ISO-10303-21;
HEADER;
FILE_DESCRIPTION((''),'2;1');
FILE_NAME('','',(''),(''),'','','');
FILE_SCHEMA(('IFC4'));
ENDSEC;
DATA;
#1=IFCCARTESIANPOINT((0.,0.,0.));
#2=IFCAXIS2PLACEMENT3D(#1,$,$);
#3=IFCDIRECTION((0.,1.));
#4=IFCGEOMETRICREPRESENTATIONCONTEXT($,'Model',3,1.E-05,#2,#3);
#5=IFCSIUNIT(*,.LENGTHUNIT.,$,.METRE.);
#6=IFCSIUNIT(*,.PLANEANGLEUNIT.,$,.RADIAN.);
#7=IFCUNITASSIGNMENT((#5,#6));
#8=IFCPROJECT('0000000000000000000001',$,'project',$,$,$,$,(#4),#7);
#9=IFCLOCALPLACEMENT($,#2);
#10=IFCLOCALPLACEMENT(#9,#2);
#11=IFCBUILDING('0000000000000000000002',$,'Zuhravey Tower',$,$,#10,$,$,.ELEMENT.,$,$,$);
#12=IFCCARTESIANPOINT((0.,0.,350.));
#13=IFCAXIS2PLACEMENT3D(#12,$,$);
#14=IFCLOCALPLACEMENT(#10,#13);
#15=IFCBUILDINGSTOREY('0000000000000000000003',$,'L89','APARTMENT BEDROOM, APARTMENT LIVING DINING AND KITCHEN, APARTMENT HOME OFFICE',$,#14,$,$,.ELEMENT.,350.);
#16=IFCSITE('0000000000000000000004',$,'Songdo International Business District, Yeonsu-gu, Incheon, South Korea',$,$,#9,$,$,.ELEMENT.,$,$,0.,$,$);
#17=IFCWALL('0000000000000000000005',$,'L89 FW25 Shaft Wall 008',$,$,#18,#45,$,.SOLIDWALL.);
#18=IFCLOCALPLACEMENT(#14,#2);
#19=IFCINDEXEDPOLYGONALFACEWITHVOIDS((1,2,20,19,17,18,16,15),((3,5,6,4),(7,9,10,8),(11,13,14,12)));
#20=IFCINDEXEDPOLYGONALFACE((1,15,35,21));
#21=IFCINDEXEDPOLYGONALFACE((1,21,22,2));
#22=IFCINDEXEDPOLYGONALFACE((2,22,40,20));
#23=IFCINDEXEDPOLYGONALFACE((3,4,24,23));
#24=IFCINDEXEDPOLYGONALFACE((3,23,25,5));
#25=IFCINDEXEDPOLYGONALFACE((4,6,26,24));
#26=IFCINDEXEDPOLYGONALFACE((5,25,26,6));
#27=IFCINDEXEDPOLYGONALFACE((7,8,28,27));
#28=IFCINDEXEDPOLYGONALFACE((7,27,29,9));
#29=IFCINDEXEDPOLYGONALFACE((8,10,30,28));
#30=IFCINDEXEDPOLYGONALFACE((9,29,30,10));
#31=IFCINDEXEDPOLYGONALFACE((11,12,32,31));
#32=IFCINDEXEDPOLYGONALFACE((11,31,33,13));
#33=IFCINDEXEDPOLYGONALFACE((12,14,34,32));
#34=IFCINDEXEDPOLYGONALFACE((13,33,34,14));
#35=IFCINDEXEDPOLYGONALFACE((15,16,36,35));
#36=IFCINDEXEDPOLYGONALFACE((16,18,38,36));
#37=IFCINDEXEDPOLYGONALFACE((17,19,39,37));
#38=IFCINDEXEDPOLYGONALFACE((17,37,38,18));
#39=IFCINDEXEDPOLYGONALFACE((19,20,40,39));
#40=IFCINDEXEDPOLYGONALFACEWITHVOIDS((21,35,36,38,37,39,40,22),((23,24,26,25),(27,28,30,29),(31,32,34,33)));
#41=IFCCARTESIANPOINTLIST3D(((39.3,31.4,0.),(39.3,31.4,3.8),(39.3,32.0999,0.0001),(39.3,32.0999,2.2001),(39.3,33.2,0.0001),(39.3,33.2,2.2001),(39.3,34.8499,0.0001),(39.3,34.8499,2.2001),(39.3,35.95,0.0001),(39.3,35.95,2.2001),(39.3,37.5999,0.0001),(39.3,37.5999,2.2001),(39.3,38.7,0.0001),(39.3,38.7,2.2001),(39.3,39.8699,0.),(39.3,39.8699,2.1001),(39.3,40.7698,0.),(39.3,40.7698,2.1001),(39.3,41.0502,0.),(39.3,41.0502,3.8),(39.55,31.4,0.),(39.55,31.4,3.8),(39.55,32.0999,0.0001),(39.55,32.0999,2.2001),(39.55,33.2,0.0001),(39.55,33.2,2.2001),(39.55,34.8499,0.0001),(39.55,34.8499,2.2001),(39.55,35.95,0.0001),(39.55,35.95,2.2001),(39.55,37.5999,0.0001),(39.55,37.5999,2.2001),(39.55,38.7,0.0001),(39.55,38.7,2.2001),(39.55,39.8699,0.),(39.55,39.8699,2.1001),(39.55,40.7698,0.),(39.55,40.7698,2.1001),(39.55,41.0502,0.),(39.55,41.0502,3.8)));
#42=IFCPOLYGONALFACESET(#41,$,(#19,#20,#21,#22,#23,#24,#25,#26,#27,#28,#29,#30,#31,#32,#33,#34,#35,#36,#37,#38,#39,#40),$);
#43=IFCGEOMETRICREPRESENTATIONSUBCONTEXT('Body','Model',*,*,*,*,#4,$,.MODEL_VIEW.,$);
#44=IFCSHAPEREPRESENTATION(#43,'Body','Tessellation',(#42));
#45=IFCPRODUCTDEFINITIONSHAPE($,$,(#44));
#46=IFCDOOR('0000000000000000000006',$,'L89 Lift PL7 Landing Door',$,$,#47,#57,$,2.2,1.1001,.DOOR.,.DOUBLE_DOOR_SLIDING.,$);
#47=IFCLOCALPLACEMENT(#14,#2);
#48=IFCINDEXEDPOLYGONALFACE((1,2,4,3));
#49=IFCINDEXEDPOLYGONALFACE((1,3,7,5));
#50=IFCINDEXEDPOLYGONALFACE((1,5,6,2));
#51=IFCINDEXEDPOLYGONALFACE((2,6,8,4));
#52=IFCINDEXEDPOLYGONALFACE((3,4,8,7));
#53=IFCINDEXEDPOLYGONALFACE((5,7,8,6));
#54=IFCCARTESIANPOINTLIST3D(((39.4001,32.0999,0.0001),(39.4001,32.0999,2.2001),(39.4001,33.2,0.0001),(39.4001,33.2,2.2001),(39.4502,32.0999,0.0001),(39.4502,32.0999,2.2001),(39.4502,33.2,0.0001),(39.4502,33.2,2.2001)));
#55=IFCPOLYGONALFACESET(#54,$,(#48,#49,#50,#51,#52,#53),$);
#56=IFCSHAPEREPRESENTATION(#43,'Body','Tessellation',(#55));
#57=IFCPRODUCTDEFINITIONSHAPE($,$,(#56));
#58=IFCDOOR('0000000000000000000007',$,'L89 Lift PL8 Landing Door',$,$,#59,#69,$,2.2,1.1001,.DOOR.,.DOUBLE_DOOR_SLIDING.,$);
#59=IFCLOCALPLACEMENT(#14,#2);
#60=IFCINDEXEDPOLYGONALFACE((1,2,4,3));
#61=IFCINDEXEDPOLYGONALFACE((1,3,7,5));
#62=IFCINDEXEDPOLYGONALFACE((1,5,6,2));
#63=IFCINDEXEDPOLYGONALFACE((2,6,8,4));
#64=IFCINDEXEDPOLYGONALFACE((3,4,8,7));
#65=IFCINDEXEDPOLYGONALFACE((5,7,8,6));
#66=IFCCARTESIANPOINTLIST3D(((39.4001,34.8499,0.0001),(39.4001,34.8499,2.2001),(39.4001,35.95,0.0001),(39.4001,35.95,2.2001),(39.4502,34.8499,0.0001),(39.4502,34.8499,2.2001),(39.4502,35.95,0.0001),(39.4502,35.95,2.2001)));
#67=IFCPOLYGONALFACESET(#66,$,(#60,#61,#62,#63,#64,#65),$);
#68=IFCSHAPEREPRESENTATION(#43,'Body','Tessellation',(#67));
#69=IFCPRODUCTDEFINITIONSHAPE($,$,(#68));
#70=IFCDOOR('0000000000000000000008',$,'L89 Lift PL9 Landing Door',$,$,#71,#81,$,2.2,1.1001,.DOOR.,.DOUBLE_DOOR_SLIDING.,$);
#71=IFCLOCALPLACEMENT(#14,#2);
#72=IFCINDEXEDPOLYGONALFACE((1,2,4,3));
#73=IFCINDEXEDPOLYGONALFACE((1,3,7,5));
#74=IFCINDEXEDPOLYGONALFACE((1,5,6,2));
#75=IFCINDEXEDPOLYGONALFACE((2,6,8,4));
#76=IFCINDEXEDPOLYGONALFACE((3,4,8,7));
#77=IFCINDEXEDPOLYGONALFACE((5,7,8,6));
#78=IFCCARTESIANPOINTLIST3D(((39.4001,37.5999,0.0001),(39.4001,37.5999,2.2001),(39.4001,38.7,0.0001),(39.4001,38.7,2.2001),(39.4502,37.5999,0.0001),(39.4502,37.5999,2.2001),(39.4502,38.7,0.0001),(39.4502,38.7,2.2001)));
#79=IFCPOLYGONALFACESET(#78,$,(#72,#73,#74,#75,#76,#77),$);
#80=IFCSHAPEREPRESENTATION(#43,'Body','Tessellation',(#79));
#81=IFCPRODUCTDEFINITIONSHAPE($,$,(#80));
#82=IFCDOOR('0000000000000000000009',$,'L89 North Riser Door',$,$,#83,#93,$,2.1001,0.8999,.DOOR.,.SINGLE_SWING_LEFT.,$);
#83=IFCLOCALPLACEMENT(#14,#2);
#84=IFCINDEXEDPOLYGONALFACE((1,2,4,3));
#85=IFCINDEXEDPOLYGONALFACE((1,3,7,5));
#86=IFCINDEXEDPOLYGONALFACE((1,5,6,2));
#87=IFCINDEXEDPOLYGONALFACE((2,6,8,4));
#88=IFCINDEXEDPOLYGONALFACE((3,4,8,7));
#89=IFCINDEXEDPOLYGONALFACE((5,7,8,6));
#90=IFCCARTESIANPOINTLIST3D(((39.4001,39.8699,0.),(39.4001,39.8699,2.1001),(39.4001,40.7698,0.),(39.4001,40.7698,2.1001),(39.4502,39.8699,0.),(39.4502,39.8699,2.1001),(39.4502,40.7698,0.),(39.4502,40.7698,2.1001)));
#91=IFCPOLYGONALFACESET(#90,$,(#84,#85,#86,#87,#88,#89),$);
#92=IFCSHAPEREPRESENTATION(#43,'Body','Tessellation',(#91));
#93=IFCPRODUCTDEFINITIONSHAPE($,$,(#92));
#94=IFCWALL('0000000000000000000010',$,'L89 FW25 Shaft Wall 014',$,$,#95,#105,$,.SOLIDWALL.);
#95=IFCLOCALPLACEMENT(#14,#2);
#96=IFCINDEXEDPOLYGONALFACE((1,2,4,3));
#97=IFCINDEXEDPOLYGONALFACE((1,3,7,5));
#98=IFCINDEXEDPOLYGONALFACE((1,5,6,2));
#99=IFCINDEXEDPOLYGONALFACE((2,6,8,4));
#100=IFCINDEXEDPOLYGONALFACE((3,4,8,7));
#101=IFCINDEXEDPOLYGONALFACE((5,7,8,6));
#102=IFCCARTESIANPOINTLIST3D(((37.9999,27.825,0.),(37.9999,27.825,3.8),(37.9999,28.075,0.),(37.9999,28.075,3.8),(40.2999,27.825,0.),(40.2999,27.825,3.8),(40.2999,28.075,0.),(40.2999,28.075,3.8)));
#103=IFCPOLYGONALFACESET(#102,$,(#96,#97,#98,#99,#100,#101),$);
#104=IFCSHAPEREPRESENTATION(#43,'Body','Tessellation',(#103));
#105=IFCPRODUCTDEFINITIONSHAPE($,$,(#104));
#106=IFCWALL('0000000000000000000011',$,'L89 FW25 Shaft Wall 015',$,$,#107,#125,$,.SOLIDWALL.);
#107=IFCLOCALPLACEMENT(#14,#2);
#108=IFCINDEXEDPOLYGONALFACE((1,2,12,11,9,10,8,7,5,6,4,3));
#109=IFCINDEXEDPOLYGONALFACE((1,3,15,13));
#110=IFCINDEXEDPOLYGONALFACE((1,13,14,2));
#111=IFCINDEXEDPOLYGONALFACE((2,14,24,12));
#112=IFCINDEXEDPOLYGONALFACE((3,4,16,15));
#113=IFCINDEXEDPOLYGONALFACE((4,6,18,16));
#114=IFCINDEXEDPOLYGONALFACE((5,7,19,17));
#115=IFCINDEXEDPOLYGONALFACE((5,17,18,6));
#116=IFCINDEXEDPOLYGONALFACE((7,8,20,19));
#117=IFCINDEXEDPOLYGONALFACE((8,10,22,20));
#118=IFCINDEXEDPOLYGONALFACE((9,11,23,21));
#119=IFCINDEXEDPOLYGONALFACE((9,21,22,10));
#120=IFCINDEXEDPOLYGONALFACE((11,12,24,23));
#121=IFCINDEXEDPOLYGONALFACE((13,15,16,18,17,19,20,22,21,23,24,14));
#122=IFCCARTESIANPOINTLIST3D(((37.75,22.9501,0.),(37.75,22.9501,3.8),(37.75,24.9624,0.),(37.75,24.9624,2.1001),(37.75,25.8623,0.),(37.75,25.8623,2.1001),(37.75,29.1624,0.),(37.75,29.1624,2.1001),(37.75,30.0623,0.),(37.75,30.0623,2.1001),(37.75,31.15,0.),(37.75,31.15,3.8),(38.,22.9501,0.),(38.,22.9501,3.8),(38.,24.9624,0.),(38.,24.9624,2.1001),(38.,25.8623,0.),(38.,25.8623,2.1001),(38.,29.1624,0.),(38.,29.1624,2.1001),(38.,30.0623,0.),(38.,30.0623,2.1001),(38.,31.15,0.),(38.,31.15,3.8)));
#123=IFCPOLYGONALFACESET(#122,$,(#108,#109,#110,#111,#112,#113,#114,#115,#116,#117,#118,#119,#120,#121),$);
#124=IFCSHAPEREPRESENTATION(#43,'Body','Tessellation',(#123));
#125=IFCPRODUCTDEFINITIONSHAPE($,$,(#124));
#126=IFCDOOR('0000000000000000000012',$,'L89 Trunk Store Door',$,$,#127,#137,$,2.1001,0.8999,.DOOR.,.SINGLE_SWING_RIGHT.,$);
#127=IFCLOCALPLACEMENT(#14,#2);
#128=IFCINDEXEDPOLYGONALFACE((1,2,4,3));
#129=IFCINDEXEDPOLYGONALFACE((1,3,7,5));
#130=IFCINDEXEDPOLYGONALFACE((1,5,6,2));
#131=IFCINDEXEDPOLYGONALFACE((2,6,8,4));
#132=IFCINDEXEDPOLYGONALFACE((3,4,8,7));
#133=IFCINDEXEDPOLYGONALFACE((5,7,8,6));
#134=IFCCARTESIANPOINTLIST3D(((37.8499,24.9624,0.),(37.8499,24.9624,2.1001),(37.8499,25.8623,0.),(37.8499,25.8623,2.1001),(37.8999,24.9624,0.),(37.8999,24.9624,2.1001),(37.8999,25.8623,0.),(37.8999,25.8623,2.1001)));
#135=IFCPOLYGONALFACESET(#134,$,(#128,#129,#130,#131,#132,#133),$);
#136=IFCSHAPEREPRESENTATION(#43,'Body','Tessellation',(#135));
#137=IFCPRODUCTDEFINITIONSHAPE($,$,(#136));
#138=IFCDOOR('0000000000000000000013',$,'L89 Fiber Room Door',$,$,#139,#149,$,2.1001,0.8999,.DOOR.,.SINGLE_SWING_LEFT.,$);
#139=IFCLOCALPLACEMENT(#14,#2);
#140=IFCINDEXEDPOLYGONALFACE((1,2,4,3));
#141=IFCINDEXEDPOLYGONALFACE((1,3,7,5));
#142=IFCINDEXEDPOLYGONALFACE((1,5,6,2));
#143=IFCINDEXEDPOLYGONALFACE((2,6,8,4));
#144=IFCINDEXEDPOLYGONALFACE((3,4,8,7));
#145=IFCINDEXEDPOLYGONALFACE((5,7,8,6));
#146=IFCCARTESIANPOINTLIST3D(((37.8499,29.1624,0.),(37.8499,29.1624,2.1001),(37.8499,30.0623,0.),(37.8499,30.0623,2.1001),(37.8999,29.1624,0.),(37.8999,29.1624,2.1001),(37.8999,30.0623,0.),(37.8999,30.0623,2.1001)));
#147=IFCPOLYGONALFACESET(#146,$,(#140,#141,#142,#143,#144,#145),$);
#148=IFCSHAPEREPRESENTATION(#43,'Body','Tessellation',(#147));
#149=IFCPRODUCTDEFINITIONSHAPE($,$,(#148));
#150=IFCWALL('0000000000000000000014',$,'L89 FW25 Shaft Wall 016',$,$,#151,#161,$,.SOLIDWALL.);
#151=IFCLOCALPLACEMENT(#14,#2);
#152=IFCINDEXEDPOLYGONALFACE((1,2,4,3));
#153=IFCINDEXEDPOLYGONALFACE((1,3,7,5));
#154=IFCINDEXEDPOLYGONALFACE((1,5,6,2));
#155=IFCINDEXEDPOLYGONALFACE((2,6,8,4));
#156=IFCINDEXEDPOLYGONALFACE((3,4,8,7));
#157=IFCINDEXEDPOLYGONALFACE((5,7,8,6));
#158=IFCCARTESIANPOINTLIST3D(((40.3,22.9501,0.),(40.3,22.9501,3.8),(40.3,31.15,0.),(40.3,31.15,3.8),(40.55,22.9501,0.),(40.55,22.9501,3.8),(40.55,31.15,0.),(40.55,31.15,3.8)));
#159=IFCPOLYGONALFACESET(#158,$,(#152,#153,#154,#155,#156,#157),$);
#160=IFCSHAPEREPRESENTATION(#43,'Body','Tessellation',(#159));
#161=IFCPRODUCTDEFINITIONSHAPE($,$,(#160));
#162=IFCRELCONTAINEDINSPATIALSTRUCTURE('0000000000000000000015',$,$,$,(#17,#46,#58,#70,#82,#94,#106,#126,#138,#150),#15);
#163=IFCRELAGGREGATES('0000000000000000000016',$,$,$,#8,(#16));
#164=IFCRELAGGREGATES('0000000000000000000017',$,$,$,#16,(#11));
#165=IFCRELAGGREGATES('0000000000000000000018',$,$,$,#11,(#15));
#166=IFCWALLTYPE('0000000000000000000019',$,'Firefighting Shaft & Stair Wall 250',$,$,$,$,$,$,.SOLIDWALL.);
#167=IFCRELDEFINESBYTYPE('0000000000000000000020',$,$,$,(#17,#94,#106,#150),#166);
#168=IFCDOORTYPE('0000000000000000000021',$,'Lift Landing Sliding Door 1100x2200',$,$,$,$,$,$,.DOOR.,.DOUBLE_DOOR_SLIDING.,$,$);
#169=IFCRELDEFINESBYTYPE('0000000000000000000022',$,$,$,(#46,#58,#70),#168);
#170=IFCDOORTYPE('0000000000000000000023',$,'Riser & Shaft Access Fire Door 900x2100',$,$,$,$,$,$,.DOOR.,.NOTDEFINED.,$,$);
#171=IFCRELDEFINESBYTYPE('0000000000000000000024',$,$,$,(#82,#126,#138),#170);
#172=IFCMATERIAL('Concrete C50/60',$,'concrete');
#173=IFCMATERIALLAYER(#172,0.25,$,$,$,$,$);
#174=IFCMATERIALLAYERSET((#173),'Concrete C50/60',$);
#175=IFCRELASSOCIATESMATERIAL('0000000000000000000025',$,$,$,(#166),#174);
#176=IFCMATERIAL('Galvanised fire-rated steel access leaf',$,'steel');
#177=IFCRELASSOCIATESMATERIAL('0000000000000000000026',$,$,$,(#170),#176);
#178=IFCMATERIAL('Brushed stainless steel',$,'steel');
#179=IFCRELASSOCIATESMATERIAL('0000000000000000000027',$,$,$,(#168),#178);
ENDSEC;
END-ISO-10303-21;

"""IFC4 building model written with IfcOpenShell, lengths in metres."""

from ifc_helpers import new_model, si_unit, direction, frame, frame_2d, origin, place, context, subcontext, project, spatial, rectangle, extrude, material, layer, layer_set, type_object, element, fill, save


model = new_model("IFC4")

# Units and contexts
model_context = context("Model", 3, precision=1e-05, world=origin(), true_north=direction((0.0, 1.0)))
body_context = subcontext(model_context, "Body", "Model", "MODEL_VIEW")
ifc_project = project(units=[si_unit("LENGTHUNIT", "METRE"), si_unit("PLANEANGLEUNIT", "RADIAN")], contexts=[model_context])

# Site, building, storey
site_placement = place(None, origin())
site = spatial("IfcSite", under=ifc_project, at=site_placement, Name="Songdo International Business District, Yeonsu-gu, Incheon, South Korea", CompositionType="ELEMENT", RefElevation=0.0)
building_placement = place(site_placement, origin())
building = spatial("IfcBuilding", under=site, at=building_placement, Name="Zuhravey Tower", CompositionType="ELEMENT")
storey_placement = place(building_placement, frame((0.0, 0.0, 350.0)))
storey = spatial("IfcBuildingStorey", under=building, at=storey_placement, Name="L89", Description="APARTMENT BEDROOM, APARTMENT LIVING DINING AND KITCHEN, APARTMENT HOME OFFICE", CompositionType="ELEMENT", Elevation=350.0)

# Shared definitions
ifc_material_1 = material(Name="Concrete C50/60", Category="concrete")

# Wall, openings, doors
ifc_layer_1 = layer(ifc_material_1, 0.25)
ifc_layer_set_1 = layer_set([ifc_layer_1], Name="Concrete C50/60")
wall_type_1 = type_object("IfcWallType", Name="Firefighting Shaft & Stair Wall 250", PredefinedType="SOLIDWALL", material=ifc_layer_set_1)
ifc_material_2 = material(Name="Galvanised fire-rated steel access leaf", Category="steel")
door_type_1 = type_object("IfcDoorType", Name="Riser & Shaft Access Fire Door 900x2100", OperationType="NOTDEFINED", PredefinedType="DOOR", material=ifc_material_2)
wall_1_placement = place(storey_placement, frame((39.425, 31.3999, 0.0), z_axis=(0.0, 0.0, 1.0), x_axis=(0.0, 1.0, 0.0)))
wall_1 = element("IfcWall", 1, at=wall_1_placement, inside=storey, type_object=wall_type_1, Name="L89 FW25 Shaft Wall 008", PredefinedType="SOLIDWALL", context=body_context, shape_type="SweptSolid", body=[
    extrude(rectangle(XDim=9.6501, YDim=0.25, at=frame_2d((4.8252, 0.0))), origin(), (0.0, 0.0, 1.0), 3.8),
])
opening_1_placement = place(wall_1_placement, frame((0.7, 0.0, 0.0)))
opening_1 = element("IfcOpeningElement", 2, at=opening_1_placement, cuts=wall_1, PredefinedType="OPENING", context=body_context, shape_type="SweptSolid", body=[
    extrude(rectangle(XDim=1.1001, YDim=2.2, at=frame_2d((0.55, 1.1001))), frame((0.0, 0.137, 0.0), z_axis=(0.0, -1.0, 0.0), x_axis=(1.0, 0.0, 0.0)), (0.0, 0.0, 1.0), 0.2739),
])
opening_2_placement = place(wall_1_placement, frame((3.45, 0.0, 0.0)))
opening_2 = element("IfcOpeningElement", 3, at=opening_2_placement, cuts=wall_1, PredefinedType="OPENING", context=body_context, shape_type="SweptSolid", body=[
    extrude(rectangle(XDim=1.1001, YDim=2.2, at=frame_2d((0.55, 1.1001))), frame((0.0, 0.137, 0.0), z_axis=(0.0, -1.0, 0.0), x_axis=(1.0, 0.0, 0.0)), (0.0, 0.0, 1.0), 0.2739),
])
opening_3_placement = place(wall_1_placement, frame((6.2, 0.0, 0.0)))
opening_3 = element("IfcOpeningElement", 4, at=opening_3_placement, cuts=wall_1, PredefinedType="OPENING", context=body_context, shape_type="SweptSolid", body=[
    extrude(rectangle(XDim=1.1001, YDim=2.2, at=frame_2d((0.55, 1.1001))), frame((0.0, 0.137, 0.0), z_axis=(0.0, -1.0, 0.0), x_axis=(1.0, 0.0, 0.0)), (0.0, 0.0, 1.0), 0.2739),
])
opening_4_placement = place(wall_1_placement, frame((8.47, 0.0, 0.0)))
opening_4 = element("IfcOpeningElement", 5, at=opening_4_placement, cuts=wall_1, PredefinedType="OPENING", context=body_context, shape_type="SweptSolid", body=[
    extrude(rectangle(XDim=0.8999, YDim=2.1001, at=frame_2d((0.45, 1.05))), frame((0.0, 0.137, 0.0), z_axis=(0.0, -1.0, 0.0), x_axis=(1.0, 0.0, 0.0)), (0.0, 0.0, 1.0), 0.2739),
])
ifc_material_3 = material(Name="Brushed stainless steel", Category="steel")
door_type_2 = type_object("IfcDoorType", Name="Lift Landing Sliding Door 1100x2200", OperationType="DOUBLE_DOOR_SLIDING", PredefinedType="DOOR", material=ifc_material_3)
door_1_placement = place(opening_1_placement, origin())
door_1 = element("IfcDoor", 6, at=door_1_placement, inside=storey, type_object=door_type_2, Name="L89 Lift PL7 Landing Door", OperationType="DOUBLE_DOOR_SLIDING", OverallHeight=2.2, OverallWidth=1.1001, PredefinedType="DOOR", context=body_context, shape_type="SweptSolid", body=[
    extrude(rectangle(XDim=1.1001, YDim=2.2, at=frame_2d((0.55, 1.1001))), frame((0.0, 0.0249, 0.0), z_axis=(0.0, -1.0, 0.0), x_axis=(1.0, 0.0, 0.0)), (0.0, 0.0, 1.0), 0.05),
])
fill(opening_1, door_1)
door_2_placement = place(opening_2_placement, origin())
door_2 = element("IfcDoor", 7, at=door_2_placement, inside=storey, type_object=door_type_2, Name="L89 Lift PL8 Landing Door", OperationType="DOUBLE_DOOR_SLIDING", OverallHeight=2.2, OverallWidth=1.1001, PredefinedType="DOOR", context=body_context, shape_type="SweptSolid", body=[
    extrude(rectangle(XDim=1.1001, YDim=2.2, at=frame_2d((0.55, 1.1001))), frame((0.0, 0.0249, 0.0), z_axis=(0.0, -1.0, 0.0), x_axis=(1.0, 0.0, 0.0)), (0.0, 0.0, 1.0), 0.05),
])
fill(opening_2, door_2)
door_3_placement = place(opening_3_placement, origin())
door_3 = element("IfcDoor", 8, at=door_3_placement, inside=storey, type_object=door_type_2, Name="L89 Lift PL9 Landing Door", OperationType="DOUBLE_DOOR_SLIDING", OverallHeight=2.2, OverallWidth=1.1001, PredefinedType="DOOR", context=body_context, shape_type="SweptSolid", body=[
    extrude(rectangle(XDim=1.1001, YDim=2.2, at=frame_2d((0.55, 1.1001))), frame((0.0, 0.0249, 0.0), z_axis=(0.0, -1.0, 0.0), x_axis=(1.0, 0.0, 0.0)), (0.0, 0.0, 1.0), 0.05),
])
fill(opening_3, door_3)
door_4_placement = place(opening_4_placement, origin())
door_4 = element("IfcDoor", 9, at=door_4_placement, inside=storey, type_object=door_type_1, Name="L89 North Riser Door", OperationType="SINGLE_SWING_LEFT", OverallHeight=2.1001, OverallWidth=0.8999, PredefinedType="DOOR", context=body_context, shape_type="SweptSolid", body=[
    extrude(rectangle(XDim=0.8999, YDim=2.1001, at=frame_2d((0.45, 1.05))), frame((0.0, 0.0249, 0.0), z_axis=(0.0, -1.0, 0.0), x_axis=(1.0, 0.0, 0.0)), (0.0, 0.0, 1.0), 0.05),
])
fill(opening_4, door_4)

# Wall
wall_2_placement = place(storey_placement, frame((38.0, 27.95, 0.0), z_axis=(0.0, 0.0, 1.0), x_axis=(1.0, 0.0, 0.0)))
element("IfcWall", 10, at=wall_2_placement, inside=storey, type_object=wall_type_1, Name="L89 FW25 Shaft Wall 014", PredefinedType="SOLIDWALL", context=body_context, shape_type="SweptSolid", body=[
    extrude(rectangle(XDim=2.3, YDim=0.25, at=frame_2d((1.1499, 0.0))), origin(), (0.0, 0.0, 1.0), 3.8),
])

# Wall, openings, doors
wall_3_placement = place(storey_placement, frame((37.875, 22.95, 0.0), z_axis=(0.0, 0.0, 1.0), x_axis=(0.0, 1.0, 0.0)))
wall_3 = element("IfcWall", 11, at=wall_3_placement, inside=storey, type_object=wall_type_1, Name="L89 FW25 Shaft Wall 015", PredefinedType="SOLIDWALL", context=body_context, shape_type="SweptSolid", body=[
    extrude(rectangle(XDim=8.2, YDim=0.25, at=frame_2d((4.1001, 0.0))), origin(), (0.0, 0.0, 1.0), 3.8),
])
opening_5_placement = place(wall_3_placement, frame((2.0125, 0.0, 0.0)))
opening_5 = element("IfcOpeningElement", 12, at=opening_5_placement, cuts=wall_3, PredefinedType="OPENING", context=body_context, shape_type="SweptSolid", body=[
    extrude(rectangle(XDim=0.8999, YDim=2.1001, at=frame_2d((0.45, 1.05))), frame((0.0, 0.137, 0.0), z_axis=(0.0, -1.0, 0.0), x_axis=(1.0, 0.0, 0.0)), (0.0, 0.0, 1.0), 0.2739),
])
opening_6_placement = place(wall_3_placement, frame((6.2124, 0.0, 0.0)))
opening_6 = element("IfcOpeningElement", 13, at=opening_6_placement, cuts=wall_3, PredefinedType="OPENING", context=body_context, shape_type="SweptSolid", body=[
    extrude(rectangle(XDim=0.8999, YDim=2.1001, at=frame_2d((0.45, 1.05))), frame((0.0, 0.137, 0.0), z_axis=(0.0, -1.0, 0.0), x_axis=(1.0, 0.0, 0.0)), (0.0, 0.0, 1.0), 0.2739),
])
door_5_placement = place(opening_5_placement, frame((0.8999, 0.0, 0.0), z_axis=(0.0, 0.0, 1.0), x_axis=(-1.0, 0.0, 0.0)))
door_5 = element("IfcDoor", 14, at=door_5_placement, inside=storey, type_object=door_type_1, Name="L89 Trunk Store Door", OperationType="SINGLE_SWING_RIGHT", OverallHeight=2.1001, OverallWidth=0.8999, PredefinedType="DOOR", context=body_context, shape_type="SweptSolid", body=[
    extrude(rectangle(XDim=0.8999, YDim=2.1001, at=frame_2d((0.45, 1.05))), frame((0.0, 0.0249, 0.0), z_axis=(0.0, -1.0, 0.0), x_axis=(1.0, 0.0, 0.0)), (0.0, 0.0, 1.0), 0.05),
])
fill(opening_5, door_5)
door_6_placement = place(opening_6_placement, frame((0.8999, 0.0, 0.0), z_axis=(0.0, 0.0, 1.0), x_axis=(-1.0, 0.0, 0.0)))
door_6 = element("IfcDoor", 15, at=door_6_placement, inside=storey, type_object=door_type_1, Name="L89 Fiber Room Door", OperationType="SINGLE_SWING_LEFT", OverallHeight=2.1001, OverallWidth=0.8999, PredefinedType="DOOR", context=body_context, shape_type="SweptSolid", body=[
    extrude(rectangle(XDim=0.8999, YDim=2.1001, at=frame_2d((0.45, 1.05))), frame((0.0, 0.0249, 0.0), z_axis=(0.0, -1.0, 0.0), x_axis=(1.0, 0.0, 0.0)), (0.0, 0.0, 1.0), 0.05),
])
fill(opening_6, door_6)

# Wall
wall_4_placement = place(storey_placement, frame((40.425, 22.95, 0.0), z_axis=(0.0, 0.0, 1.0), x_axis=(0.0, 1.0, 0.0)))
element("IfcWall", 16, at=wall_4_placement, inside=storey, type_object=wall_type_1, Name="L89 FW25 Shaft Wall 016", PredefinedType="SOLIDWALL", context=body_context, shape_type="SweptSolid", body=[
    extrude(rectangle(XDim=8.2, YDim=0.25, at=frame_2d((4.1001, 0.0))), origin(), (0.0, 0.0, 1.0), 3.8),
])

save(model, "model.ifc")
